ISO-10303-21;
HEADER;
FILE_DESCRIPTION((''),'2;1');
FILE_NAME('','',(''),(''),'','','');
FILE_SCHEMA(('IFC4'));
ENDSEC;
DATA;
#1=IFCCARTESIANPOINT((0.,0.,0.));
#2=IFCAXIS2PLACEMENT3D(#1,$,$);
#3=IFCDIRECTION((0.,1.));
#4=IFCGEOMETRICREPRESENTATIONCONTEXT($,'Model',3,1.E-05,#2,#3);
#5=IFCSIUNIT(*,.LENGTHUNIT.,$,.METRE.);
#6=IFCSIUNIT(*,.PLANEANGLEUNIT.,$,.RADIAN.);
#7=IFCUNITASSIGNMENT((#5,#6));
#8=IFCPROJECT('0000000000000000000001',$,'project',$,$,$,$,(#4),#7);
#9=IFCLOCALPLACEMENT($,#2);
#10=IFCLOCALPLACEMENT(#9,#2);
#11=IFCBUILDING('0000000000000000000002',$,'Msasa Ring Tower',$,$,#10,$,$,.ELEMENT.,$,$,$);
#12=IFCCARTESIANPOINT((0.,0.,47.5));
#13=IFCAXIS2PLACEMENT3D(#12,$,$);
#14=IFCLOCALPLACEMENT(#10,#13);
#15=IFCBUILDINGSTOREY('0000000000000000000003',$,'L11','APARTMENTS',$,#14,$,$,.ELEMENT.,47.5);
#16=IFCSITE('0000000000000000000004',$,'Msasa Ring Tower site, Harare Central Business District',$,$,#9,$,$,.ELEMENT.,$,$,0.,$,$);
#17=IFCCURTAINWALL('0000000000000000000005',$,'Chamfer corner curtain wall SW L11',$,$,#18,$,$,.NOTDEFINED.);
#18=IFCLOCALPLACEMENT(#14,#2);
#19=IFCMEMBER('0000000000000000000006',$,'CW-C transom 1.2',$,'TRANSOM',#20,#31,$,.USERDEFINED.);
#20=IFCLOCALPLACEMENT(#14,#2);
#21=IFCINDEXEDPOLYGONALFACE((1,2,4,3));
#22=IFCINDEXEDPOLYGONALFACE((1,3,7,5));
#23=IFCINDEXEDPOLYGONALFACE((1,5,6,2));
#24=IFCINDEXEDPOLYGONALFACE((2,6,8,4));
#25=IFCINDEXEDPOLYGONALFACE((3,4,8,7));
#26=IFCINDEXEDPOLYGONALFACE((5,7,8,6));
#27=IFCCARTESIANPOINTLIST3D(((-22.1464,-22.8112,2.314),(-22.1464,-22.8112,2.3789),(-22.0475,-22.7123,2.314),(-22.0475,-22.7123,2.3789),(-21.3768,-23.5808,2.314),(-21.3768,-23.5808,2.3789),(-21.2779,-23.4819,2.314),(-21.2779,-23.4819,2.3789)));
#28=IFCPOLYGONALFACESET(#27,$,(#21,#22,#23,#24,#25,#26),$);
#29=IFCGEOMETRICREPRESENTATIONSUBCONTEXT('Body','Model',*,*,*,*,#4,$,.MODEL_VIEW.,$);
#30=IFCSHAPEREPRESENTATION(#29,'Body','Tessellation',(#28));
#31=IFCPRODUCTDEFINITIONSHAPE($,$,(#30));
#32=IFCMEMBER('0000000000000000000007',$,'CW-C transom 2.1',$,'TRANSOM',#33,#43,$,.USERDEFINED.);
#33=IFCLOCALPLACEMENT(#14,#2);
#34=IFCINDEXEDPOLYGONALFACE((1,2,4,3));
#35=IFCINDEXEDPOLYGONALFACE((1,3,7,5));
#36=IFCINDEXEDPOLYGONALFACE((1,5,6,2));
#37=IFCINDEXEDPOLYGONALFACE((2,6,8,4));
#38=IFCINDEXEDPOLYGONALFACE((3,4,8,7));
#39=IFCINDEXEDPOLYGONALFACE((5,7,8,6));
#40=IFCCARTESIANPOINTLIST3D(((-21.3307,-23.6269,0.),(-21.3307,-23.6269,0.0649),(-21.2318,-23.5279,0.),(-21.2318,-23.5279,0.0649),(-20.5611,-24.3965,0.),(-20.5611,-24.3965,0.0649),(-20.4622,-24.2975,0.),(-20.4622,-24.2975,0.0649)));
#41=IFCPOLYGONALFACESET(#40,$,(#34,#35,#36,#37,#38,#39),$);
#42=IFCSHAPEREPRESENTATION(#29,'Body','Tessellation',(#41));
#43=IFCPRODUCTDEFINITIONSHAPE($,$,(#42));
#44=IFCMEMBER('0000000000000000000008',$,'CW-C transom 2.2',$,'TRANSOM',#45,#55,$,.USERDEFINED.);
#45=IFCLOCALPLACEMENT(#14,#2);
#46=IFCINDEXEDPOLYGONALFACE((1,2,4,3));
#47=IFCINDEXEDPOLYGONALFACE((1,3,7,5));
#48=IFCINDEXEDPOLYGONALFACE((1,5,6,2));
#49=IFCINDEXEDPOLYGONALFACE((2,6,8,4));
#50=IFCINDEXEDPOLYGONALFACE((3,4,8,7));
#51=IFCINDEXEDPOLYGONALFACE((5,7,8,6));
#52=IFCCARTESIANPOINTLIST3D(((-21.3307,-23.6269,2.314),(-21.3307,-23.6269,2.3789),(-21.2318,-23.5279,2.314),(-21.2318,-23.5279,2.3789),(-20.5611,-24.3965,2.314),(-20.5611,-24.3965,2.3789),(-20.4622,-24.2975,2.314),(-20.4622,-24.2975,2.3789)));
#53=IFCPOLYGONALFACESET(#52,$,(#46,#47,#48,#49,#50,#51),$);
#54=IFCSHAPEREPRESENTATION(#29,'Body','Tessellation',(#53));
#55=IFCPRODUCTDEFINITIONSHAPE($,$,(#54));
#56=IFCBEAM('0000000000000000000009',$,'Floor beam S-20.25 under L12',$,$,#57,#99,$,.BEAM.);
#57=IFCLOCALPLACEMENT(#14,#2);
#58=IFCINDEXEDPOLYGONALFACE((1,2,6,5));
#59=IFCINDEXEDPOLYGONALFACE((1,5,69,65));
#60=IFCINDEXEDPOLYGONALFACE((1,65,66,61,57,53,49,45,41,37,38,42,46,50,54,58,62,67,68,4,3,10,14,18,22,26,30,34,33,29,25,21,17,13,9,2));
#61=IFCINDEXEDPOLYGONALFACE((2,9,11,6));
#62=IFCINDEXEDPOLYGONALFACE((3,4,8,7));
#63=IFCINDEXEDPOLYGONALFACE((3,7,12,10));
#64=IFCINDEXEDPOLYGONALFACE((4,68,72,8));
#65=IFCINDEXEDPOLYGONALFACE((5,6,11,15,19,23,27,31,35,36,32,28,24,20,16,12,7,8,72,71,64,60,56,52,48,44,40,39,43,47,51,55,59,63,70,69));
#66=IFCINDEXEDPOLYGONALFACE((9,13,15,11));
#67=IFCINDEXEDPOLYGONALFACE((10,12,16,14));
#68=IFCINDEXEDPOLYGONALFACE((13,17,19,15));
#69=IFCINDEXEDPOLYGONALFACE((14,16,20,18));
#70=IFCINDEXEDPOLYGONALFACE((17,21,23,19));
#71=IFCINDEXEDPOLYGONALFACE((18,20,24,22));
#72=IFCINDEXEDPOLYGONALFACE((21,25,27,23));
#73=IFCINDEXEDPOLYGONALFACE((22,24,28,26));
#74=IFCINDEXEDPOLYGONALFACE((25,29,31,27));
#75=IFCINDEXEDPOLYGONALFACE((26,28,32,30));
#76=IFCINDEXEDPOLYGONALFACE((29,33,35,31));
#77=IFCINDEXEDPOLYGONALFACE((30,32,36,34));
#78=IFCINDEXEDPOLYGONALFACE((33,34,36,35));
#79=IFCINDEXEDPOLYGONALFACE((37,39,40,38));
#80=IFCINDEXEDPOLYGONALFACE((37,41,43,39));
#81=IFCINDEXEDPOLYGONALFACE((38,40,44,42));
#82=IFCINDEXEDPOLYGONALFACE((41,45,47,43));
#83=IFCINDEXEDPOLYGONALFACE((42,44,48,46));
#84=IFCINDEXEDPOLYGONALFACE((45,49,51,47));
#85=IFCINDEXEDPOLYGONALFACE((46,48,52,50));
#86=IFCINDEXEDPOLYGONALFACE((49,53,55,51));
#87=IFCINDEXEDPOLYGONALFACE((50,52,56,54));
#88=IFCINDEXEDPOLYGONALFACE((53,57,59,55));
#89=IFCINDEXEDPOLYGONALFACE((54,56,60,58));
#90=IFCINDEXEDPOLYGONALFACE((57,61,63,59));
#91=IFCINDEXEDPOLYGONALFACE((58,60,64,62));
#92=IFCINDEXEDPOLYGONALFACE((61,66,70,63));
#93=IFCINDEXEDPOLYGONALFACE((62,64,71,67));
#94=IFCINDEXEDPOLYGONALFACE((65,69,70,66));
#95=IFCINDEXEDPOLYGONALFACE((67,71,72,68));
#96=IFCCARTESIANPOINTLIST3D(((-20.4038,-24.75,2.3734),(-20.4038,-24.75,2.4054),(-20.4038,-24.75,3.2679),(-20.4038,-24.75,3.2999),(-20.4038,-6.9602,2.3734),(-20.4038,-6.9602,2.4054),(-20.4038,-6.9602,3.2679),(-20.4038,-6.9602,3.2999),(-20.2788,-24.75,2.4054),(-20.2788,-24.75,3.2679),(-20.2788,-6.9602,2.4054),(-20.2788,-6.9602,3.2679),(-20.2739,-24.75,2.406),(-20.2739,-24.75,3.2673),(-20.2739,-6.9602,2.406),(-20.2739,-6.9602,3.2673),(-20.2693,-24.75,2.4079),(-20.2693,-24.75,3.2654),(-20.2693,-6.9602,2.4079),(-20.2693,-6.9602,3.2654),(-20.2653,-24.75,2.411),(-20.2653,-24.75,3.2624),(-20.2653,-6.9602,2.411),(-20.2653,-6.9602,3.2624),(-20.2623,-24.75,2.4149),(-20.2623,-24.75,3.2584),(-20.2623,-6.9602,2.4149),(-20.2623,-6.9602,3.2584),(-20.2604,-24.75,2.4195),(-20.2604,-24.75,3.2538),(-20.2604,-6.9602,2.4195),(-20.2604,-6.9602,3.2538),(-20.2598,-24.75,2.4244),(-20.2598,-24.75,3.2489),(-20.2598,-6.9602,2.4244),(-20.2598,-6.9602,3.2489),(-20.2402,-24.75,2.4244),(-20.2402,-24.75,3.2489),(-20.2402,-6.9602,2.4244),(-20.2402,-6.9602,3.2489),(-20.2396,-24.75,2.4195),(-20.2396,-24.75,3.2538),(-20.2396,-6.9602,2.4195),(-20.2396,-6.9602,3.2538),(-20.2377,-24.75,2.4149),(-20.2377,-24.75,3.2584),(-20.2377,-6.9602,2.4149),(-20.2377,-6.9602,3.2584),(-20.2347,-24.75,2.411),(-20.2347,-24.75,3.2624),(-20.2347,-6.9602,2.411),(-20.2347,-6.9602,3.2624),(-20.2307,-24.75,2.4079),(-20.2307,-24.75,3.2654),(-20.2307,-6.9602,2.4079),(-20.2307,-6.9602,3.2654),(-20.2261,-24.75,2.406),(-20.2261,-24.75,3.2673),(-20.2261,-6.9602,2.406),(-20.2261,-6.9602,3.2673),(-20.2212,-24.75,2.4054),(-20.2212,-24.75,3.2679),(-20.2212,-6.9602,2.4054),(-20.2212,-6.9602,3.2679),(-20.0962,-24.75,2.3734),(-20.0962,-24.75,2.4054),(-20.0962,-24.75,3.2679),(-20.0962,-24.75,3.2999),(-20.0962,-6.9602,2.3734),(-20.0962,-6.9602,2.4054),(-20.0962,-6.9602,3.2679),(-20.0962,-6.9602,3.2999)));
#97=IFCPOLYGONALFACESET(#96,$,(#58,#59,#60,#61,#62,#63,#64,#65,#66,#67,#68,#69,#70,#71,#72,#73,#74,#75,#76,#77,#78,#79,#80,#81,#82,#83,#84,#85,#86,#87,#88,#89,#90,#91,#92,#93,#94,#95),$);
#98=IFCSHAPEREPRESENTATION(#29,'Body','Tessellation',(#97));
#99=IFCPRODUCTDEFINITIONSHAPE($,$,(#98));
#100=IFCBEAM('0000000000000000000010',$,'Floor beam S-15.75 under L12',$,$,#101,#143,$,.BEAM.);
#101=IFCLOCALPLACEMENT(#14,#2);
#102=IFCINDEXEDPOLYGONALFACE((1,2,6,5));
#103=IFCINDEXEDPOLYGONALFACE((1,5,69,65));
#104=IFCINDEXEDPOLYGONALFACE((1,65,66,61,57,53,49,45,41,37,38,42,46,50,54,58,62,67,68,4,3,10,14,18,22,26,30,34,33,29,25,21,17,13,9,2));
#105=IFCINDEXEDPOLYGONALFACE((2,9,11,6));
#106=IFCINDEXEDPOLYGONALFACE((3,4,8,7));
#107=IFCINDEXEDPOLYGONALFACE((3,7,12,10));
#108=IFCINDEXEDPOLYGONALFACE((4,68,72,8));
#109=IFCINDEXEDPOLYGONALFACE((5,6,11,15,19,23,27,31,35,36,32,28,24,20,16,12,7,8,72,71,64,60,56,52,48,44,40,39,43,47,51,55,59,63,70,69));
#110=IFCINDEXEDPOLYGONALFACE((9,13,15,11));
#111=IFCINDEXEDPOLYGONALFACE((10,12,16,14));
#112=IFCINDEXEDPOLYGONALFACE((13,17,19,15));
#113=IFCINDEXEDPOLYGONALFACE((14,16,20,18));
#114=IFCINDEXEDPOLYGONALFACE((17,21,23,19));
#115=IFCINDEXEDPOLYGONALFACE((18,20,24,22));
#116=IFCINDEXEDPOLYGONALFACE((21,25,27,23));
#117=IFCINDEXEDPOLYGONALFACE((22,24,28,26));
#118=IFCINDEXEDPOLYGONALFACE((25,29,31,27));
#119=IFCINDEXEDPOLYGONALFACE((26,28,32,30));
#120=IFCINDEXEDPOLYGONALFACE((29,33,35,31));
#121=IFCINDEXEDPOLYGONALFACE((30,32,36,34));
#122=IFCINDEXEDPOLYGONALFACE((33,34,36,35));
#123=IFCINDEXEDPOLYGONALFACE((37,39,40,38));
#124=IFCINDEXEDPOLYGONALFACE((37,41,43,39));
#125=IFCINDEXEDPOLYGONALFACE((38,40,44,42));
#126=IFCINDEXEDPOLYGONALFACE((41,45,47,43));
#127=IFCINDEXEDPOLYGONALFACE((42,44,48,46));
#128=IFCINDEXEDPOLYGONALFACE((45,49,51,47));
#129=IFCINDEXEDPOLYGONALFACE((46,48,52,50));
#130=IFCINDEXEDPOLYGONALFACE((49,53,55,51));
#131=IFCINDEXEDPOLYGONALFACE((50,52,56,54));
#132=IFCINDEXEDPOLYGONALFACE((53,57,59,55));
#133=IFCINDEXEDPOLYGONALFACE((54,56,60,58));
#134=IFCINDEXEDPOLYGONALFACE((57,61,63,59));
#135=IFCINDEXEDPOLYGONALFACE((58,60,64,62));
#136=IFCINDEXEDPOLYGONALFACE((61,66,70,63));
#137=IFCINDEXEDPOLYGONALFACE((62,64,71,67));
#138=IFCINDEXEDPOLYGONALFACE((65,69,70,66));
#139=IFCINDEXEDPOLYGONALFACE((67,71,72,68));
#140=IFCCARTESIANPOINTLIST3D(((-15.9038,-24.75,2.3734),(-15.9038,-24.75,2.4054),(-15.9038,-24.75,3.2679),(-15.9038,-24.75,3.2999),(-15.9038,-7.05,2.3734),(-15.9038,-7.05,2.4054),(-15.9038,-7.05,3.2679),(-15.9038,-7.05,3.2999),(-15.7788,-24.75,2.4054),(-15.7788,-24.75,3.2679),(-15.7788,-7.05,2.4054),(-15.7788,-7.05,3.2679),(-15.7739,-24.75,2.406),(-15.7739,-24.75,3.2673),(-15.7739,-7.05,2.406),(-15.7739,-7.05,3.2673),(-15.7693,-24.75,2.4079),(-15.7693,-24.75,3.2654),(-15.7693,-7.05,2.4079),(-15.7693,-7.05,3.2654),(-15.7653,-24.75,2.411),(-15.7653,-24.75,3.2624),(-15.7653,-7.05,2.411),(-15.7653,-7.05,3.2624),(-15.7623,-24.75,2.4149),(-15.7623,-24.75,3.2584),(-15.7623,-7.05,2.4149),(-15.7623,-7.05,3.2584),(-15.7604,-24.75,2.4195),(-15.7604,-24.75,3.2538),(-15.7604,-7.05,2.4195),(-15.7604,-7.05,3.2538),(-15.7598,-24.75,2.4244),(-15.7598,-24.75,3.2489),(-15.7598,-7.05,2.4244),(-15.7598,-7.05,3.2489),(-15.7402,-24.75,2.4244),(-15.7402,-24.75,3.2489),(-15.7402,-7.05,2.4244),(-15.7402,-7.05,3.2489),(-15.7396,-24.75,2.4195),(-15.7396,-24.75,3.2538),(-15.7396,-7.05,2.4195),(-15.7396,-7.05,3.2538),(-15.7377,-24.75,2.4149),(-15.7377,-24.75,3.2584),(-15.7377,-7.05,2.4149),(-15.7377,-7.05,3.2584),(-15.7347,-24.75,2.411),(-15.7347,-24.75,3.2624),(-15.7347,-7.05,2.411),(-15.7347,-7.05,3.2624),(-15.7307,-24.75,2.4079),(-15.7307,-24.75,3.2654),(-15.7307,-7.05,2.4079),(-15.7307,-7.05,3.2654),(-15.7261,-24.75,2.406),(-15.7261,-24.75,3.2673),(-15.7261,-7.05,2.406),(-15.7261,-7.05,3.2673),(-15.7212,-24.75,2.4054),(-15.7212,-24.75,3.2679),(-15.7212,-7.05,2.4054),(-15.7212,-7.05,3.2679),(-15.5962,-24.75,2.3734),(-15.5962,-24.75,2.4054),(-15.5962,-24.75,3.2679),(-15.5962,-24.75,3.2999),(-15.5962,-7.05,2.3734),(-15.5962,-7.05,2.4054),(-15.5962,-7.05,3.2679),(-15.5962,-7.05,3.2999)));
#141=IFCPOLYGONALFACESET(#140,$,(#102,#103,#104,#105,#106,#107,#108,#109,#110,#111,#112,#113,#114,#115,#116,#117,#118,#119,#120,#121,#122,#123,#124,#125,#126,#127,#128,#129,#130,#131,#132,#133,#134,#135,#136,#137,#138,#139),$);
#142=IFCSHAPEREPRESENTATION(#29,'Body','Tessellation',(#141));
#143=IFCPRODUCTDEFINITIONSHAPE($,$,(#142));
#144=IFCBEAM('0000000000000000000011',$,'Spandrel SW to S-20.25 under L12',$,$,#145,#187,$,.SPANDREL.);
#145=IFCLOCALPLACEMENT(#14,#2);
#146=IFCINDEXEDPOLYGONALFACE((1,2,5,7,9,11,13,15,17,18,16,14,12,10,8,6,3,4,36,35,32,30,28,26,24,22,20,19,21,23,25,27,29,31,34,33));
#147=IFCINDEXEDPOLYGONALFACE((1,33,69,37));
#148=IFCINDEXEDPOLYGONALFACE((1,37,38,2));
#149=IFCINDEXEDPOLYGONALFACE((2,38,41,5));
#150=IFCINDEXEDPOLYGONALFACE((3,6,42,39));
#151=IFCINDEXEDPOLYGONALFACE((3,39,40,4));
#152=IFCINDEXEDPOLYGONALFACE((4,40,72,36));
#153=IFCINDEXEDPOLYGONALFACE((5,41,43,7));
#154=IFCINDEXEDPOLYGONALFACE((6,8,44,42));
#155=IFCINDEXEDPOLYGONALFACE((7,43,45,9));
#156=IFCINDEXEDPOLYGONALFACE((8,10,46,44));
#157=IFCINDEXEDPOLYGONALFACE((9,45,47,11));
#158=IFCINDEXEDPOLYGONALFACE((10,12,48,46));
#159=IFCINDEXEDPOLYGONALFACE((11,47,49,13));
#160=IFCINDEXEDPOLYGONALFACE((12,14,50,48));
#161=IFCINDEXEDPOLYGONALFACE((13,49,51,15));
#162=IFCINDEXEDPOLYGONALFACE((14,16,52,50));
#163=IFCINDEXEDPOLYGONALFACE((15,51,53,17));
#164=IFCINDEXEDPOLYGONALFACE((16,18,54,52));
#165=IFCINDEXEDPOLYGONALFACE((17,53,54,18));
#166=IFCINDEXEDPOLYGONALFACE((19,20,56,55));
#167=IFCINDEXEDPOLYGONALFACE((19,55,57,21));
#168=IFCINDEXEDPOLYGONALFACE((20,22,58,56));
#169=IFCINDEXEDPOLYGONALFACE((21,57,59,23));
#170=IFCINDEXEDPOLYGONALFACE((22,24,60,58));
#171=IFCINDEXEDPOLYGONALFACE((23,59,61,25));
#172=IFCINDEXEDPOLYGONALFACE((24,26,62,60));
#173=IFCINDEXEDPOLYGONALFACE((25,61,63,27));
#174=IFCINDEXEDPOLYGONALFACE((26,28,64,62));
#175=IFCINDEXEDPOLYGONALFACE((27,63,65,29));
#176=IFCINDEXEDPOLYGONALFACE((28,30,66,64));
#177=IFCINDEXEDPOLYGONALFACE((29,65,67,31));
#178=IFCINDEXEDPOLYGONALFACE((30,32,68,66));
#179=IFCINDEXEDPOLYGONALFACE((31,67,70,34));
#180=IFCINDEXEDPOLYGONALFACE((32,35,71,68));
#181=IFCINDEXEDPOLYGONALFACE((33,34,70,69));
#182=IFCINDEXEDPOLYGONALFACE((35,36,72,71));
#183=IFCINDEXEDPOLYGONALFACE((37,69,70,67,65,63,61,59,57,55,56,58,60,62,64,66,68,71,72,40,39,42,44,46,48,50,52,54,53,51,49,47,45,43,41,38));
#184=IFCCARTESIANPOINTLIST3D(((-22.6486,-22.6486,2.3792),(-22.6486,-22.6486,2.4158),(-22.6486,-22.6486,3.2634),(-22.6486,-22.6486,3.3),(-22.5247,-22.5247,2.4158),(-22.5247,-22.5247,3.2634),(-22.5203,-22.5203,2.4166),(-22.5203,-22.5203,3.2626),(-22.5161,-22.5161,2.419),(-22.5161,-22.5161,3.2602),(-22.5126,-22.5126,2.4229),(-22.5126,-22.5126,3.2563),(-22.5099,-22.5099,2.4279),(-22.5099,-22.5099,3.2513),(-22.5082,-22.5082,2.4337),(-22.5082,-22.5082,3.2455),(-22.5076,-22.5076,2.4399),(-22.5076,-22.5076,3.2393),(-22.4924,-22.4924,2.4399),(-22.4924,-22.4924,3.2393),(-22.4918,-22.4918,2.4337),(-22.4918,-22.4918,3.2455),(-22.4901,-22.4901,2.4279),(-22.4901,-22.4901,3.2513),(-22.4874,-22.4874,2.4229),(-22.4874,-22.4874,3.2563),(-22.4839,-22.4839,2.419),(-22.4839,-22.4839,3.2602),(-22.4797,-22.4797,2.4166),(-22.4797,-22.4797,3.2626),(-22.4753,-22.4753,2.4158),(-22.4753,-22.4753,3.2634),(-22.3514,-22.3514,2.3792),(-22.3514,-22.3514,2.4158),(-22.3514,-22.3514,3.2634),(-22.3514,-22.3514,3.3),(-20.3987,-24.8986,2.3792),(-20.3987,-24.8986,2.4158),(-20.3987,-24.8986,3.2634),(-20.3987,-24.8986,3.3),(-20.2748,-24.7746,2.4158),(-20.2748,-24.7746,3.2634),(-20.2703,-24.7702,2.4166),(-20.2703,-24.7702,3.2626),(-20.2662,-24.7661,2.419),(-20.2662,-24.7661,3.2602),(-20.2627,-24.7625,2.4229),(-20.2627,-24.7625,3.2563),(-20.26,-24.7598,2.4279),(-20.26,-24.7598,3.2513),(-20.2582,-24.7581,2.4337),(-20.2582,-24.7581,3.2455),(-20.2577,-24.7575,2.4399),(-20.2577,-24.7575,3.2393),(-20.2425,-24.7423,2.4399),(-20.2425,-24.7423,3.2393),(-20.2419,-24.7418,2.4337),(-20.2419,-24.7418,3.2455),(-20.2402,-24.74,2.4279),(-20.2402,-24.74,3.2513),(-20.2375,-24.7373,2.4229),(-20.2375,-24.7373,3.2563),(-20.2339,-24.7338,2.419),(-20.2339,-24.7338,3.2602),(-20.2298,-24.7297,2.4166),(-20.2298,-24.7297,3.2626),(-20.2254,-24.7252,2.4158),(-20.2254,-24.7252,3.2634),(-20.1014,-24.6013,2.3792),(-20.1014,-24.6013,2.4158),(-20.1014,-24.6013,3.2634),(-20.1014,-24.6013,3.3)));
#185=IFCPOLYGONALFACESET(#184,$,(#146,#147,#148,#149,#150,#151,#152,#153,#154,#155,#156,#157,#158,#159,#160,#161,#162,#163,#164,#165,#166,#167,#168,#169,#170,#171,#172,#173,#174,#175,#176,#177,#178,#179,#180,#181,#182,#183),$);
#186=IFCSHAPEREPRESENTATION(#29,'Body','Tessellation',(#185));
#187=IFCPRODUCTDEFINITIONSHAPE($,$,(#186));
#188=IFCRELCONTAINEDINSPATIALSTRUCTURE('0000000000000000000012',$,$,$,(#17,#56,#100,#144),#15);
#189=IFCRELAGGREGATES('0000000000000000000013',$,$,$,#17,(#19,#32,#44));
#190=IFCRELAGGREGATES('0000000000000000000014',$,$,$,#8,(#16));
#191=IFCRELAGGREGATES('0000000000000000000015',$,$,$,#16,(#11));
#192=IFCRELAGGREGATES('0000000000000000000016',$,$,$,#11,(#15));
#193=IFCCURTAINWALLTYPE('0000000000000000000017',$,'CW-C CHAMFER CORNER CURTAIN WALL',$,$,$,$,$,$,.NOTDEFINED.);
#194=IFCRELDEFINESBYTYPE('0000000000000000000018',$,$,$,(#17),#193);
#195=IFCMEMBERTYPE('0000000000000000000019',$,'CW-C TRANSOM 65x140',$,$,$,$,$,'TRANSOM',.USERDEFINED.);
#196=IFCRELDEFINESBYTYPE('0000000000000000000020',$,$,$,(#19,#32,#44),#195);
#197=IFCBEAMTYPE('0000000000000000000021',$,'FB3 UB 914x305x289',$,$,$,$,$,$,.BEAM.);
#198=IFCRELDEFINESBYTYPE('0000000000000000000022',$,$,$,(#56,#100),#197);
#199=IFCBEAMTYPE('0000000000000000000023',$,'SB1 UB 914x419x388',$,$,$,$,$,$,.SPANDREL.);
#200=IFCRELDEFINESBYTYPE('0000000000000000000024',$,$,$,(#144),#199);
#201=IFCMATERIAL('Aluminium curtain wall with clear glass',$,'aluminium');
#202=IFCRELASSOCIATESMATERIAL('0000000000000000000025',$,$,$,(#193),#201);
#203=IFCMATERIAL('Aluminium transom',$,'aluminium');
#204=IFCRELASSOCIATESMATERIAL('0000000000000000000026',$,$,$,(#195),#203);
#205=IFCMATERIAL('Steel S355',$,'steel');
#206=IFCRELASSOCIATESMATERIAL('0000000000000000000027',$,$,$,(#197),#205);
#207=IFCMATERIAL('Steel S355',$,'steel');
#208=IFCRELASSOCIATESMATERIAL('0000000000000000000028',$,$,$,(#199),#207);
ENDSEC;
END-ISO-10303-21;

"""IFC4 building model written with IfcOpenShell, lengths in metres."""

from ifc_helpers import new_model, si_unit, direction, frame, origin, origin_2d, place, context, subcontext, project, spatial, rectangle, i_section, extrude, material, material_profile, profile_set, type_object, element, aggregate, save


model = new_model("IFC4")

# Units and contexts
model_context = context("Model", 3, precision=1e-05, world=origin(), true_north=direction((0.0, 1.0)))
body_context = subcontext(model_context, "Body", "Model", "MODEL_VIEW")
ifc_project = project(units=[si_unit("LENGTHUNIT", "METRE"), si_unit("PLANEANGLEUNIT", "RADIAN")], contexts=[model_context])

# Site, building, storey
site_placement = place(None, origin())
site = spatial("IfcSite", under=ifc_project, at=site_placement, Name="Msasa Ring Tower site, Harare Central Business District", CompositionType="ELEMENT", RefElevation=0.0)
building_placement = place(site_placement, origin())
building = spatial("IfcBuilding", under=site, at=building_placement, Name="Msasa Ring Tower", CompositionType="ELEMENT")
storey_placement = place(building_placement, frame((0.0, 0.0, 47.5)))
storey = spatial("IfcBuildingStorey", under=building, at=storey_placement, Name="L11", Description="APARTMENTS", CompositionType="ELEMENT", Elevation=47.5)

# Curtain wall
ifc_material_1 = material(Name="Aluminium curtain wall with clear glass", Category="aluminium")
curtain_wall_type = type_object("IfcCurtainWallType", Name="CW-C CHAMFER CORNER CURTAIN WALL", PredefinedType="NOTDEFINED", material=ifc_material_1)
curtain_wall_1_placement = place(storey_placement, origin())
curtain_wall_1 = element("IfcCurtainWall", 1, at=curtain_wall_1_placement, inside=storey, type_object=curtain_wall_type, Name="Chamfer corner curtain wall SW L11", PredefinedType="NOTDEFINED")

# Members
ifc_material_2 = material(Name="Aluminium transom", Category="aluminium")
ifc_material_profile_1 = material_profile(ifc_material_2, rectangle(XDim=0.1399, YDim=0.0649, at=origin_2d()), Name="AL 65x140")
ifc_profile_set_1 = profile_set([ifc_material_profile_1], Name="Aluminium transom")
member_type_1 = type_object("IfcMemberType", Name="CW-C TRANSOM 65x140", ElementType="TRANSOM", PredefinedType="USERDEFINED", material=ifc_profile_set_1)
member_1_placement = place(storey_placement, frame((-22.0969, -22.7617, 2.3464), z_axis=(0.707107, -0.707107, 0.0), x_axis=(0.707107, 0.707107, 0.0)))
member_1 = element("IfcMember", 2, at=member_1_placement, type_object=member_type_1, Name="CW-C transom 1.2", ObjectType="TRANSOM", PredefinedType="USERDEFINED", context=body_context, shape_type="SweptSolid", body=[
    extrude(rectangle(XDim=0.1399, YDim=0.0649, at=origin_2d()), origin(), (0.0, 0.0, 1.0), 1.0884),
])
member_2_placement = place(storey_placement, frame((-21.2812, -23.5774, 0.0325), z_axis=(0.707107, -0.707107, 0.0), x_axis=(0.707107, 0.707107, 0.0)))
member_2 = element("IfcMember", 3, at=member_2_placement, type_object=member_type_1, Name="CW-C transom 2.1", ObjectType="TRANSOM", PredefinedType="USERDEFINED", context=body_context, shape_type="SweptSolid", body=[
    extrude(rectangle(XDim=0.1399, YDim=0.0649, at=origin_2d()), origin(), (0.0, 0.0, 1.0), 1.0884),
])
member_3_placement = place(storey_placement, frame((-21.2812, -23.5774, 2.3464), z_axis=(0.707107, -0.707107, 0.0), x_axis=(0.707107, 0.707107, 0.0)))
member_3 = element("IfcMember", 4, at=member_3_placement, type_object=member_type_1, Name="CW-C transom 2.2", ObjectType="TRANSOM", PredefinedType="USERDEFINED", context=body_context, shape_type="SweptSolid", body=[
    extrude(rectangle(XDim=0.1399, YDim=0.0649, at=origin_2d()), origin(), (0.0, 0.0, 1.0), 1.0884),
])

# Beams
ifc_material_3 = material(Name="Steel S355", Category="steel")
ifc_material_profile_2 = material_profile(ifc_material_3, i_section(OverallWidth=0.3076, OverallDepth=0.9265, WebThickness=0.0195, FlangeThickness=0.032, FilletRadius=0.019, at=origin_2d()), Name="UB 914x305x289")
ifc_profile_set_2 = profile_set([ifc_material_profile_2], Name="Steel S355")
beam_type_1 = type_object("IfcBeamType", Name="FB3 UB 914x305x289", PredefinedType="BEAM", material=ifc_profile_set_2)
beam_1_placement = place(storey_placement, frame((-20.25, -24.75, 2.8367), z_axis=(0.0, 1.0, 0.0), x_axis=(-1.0, 0.0, 0.0)))
element("IfcBeam", 5, at=beam_1_placement, inside=storey, type_object=beam_type_1, Name="Floor beam S-20.25 under L12", PredefinedType="BEAM", context=body_context, shape_type="SweptSolid", body=[
    extrude(i_section(OverallWidth=0.3076, OverallDepth=0.9265, WebThickness=0.0195, FlangeThickness=0.032, FilletRadius=0.019, at=origin_2d()), origin(), (0.0, 0.0, 1.0), 17.7898),
])
beam_2_placement = place(storey_placement, frame((-15.75, -24.75, 2.8367), z_axis=(0.0, 1.0, 0.0), x_axis=(-1.0, 0.0, 0.0)))
element("IfcBeam", 6, at=beam_2_placement, inside=storey, type_object=beam_type_1, Name="Floor beam S-15.75 under L12", PredefinedType="BEAM", context=body_context, shape_type="SweptSolid", body=[
    extrude(i_section(OverallWidth=0.3076, OverallDepth=0.9265, WebThickness=0.0195, FlangeThickness=0.032, FilletRadius=0.019, at=origin_2d()), origin(), (0.0, 0.0, 1.0), 17.7),
])
ifc_material_4 = material(Name="Steel S355", Category="steel")
ifc_material_profile_3 = material_profile(ifc_material_4, i_section(OverallWidth=0.4204, OverallDepth=0.9209, WebThickness=0.0215, FlangeThickness=0.0366, FilletRadius=0.0242, at=origin_2d()), Name="UB 914x419x388")
ifc_profile_set_3 = profile_set([ifc_material_profile_3], Name="Steel S355")
beam_type_2 = type_object("IfcBeamType", Name="SB1 UB 914x419x388", PredefinedType="SPANDREL", material=ifc_profile_set_3)
beam_3_placement = place(storey_placement, frame((-22.5, -22.5, 2.8396), z_axis=(0.707107, -0.707107, 0.0), x_axis=(0.707107, 0.707107, 0.0)))
element("IfcBeam", 7, at=beam_3_placement, inside=storey, type_object=beam_type_2, Name="Spandrel SW to S-20.25 under L12", PredefinedType="SPANDREL", context=body_context, shape_type="SweptSolid", body=[
    extrude(i_section(OverallWidth=0.4204, OverallDepth=0.9209, WebThickness=0.0215, FlangeThickness=0.0366, FilletRadius=0.0242, at=origin_2d()), origin(), (0.0, 0.0, 1.0), 3.1819),
])

aggregate(curtain_wall_1, [member_1, member_2, member_3])

save(model, "model.ifc")
